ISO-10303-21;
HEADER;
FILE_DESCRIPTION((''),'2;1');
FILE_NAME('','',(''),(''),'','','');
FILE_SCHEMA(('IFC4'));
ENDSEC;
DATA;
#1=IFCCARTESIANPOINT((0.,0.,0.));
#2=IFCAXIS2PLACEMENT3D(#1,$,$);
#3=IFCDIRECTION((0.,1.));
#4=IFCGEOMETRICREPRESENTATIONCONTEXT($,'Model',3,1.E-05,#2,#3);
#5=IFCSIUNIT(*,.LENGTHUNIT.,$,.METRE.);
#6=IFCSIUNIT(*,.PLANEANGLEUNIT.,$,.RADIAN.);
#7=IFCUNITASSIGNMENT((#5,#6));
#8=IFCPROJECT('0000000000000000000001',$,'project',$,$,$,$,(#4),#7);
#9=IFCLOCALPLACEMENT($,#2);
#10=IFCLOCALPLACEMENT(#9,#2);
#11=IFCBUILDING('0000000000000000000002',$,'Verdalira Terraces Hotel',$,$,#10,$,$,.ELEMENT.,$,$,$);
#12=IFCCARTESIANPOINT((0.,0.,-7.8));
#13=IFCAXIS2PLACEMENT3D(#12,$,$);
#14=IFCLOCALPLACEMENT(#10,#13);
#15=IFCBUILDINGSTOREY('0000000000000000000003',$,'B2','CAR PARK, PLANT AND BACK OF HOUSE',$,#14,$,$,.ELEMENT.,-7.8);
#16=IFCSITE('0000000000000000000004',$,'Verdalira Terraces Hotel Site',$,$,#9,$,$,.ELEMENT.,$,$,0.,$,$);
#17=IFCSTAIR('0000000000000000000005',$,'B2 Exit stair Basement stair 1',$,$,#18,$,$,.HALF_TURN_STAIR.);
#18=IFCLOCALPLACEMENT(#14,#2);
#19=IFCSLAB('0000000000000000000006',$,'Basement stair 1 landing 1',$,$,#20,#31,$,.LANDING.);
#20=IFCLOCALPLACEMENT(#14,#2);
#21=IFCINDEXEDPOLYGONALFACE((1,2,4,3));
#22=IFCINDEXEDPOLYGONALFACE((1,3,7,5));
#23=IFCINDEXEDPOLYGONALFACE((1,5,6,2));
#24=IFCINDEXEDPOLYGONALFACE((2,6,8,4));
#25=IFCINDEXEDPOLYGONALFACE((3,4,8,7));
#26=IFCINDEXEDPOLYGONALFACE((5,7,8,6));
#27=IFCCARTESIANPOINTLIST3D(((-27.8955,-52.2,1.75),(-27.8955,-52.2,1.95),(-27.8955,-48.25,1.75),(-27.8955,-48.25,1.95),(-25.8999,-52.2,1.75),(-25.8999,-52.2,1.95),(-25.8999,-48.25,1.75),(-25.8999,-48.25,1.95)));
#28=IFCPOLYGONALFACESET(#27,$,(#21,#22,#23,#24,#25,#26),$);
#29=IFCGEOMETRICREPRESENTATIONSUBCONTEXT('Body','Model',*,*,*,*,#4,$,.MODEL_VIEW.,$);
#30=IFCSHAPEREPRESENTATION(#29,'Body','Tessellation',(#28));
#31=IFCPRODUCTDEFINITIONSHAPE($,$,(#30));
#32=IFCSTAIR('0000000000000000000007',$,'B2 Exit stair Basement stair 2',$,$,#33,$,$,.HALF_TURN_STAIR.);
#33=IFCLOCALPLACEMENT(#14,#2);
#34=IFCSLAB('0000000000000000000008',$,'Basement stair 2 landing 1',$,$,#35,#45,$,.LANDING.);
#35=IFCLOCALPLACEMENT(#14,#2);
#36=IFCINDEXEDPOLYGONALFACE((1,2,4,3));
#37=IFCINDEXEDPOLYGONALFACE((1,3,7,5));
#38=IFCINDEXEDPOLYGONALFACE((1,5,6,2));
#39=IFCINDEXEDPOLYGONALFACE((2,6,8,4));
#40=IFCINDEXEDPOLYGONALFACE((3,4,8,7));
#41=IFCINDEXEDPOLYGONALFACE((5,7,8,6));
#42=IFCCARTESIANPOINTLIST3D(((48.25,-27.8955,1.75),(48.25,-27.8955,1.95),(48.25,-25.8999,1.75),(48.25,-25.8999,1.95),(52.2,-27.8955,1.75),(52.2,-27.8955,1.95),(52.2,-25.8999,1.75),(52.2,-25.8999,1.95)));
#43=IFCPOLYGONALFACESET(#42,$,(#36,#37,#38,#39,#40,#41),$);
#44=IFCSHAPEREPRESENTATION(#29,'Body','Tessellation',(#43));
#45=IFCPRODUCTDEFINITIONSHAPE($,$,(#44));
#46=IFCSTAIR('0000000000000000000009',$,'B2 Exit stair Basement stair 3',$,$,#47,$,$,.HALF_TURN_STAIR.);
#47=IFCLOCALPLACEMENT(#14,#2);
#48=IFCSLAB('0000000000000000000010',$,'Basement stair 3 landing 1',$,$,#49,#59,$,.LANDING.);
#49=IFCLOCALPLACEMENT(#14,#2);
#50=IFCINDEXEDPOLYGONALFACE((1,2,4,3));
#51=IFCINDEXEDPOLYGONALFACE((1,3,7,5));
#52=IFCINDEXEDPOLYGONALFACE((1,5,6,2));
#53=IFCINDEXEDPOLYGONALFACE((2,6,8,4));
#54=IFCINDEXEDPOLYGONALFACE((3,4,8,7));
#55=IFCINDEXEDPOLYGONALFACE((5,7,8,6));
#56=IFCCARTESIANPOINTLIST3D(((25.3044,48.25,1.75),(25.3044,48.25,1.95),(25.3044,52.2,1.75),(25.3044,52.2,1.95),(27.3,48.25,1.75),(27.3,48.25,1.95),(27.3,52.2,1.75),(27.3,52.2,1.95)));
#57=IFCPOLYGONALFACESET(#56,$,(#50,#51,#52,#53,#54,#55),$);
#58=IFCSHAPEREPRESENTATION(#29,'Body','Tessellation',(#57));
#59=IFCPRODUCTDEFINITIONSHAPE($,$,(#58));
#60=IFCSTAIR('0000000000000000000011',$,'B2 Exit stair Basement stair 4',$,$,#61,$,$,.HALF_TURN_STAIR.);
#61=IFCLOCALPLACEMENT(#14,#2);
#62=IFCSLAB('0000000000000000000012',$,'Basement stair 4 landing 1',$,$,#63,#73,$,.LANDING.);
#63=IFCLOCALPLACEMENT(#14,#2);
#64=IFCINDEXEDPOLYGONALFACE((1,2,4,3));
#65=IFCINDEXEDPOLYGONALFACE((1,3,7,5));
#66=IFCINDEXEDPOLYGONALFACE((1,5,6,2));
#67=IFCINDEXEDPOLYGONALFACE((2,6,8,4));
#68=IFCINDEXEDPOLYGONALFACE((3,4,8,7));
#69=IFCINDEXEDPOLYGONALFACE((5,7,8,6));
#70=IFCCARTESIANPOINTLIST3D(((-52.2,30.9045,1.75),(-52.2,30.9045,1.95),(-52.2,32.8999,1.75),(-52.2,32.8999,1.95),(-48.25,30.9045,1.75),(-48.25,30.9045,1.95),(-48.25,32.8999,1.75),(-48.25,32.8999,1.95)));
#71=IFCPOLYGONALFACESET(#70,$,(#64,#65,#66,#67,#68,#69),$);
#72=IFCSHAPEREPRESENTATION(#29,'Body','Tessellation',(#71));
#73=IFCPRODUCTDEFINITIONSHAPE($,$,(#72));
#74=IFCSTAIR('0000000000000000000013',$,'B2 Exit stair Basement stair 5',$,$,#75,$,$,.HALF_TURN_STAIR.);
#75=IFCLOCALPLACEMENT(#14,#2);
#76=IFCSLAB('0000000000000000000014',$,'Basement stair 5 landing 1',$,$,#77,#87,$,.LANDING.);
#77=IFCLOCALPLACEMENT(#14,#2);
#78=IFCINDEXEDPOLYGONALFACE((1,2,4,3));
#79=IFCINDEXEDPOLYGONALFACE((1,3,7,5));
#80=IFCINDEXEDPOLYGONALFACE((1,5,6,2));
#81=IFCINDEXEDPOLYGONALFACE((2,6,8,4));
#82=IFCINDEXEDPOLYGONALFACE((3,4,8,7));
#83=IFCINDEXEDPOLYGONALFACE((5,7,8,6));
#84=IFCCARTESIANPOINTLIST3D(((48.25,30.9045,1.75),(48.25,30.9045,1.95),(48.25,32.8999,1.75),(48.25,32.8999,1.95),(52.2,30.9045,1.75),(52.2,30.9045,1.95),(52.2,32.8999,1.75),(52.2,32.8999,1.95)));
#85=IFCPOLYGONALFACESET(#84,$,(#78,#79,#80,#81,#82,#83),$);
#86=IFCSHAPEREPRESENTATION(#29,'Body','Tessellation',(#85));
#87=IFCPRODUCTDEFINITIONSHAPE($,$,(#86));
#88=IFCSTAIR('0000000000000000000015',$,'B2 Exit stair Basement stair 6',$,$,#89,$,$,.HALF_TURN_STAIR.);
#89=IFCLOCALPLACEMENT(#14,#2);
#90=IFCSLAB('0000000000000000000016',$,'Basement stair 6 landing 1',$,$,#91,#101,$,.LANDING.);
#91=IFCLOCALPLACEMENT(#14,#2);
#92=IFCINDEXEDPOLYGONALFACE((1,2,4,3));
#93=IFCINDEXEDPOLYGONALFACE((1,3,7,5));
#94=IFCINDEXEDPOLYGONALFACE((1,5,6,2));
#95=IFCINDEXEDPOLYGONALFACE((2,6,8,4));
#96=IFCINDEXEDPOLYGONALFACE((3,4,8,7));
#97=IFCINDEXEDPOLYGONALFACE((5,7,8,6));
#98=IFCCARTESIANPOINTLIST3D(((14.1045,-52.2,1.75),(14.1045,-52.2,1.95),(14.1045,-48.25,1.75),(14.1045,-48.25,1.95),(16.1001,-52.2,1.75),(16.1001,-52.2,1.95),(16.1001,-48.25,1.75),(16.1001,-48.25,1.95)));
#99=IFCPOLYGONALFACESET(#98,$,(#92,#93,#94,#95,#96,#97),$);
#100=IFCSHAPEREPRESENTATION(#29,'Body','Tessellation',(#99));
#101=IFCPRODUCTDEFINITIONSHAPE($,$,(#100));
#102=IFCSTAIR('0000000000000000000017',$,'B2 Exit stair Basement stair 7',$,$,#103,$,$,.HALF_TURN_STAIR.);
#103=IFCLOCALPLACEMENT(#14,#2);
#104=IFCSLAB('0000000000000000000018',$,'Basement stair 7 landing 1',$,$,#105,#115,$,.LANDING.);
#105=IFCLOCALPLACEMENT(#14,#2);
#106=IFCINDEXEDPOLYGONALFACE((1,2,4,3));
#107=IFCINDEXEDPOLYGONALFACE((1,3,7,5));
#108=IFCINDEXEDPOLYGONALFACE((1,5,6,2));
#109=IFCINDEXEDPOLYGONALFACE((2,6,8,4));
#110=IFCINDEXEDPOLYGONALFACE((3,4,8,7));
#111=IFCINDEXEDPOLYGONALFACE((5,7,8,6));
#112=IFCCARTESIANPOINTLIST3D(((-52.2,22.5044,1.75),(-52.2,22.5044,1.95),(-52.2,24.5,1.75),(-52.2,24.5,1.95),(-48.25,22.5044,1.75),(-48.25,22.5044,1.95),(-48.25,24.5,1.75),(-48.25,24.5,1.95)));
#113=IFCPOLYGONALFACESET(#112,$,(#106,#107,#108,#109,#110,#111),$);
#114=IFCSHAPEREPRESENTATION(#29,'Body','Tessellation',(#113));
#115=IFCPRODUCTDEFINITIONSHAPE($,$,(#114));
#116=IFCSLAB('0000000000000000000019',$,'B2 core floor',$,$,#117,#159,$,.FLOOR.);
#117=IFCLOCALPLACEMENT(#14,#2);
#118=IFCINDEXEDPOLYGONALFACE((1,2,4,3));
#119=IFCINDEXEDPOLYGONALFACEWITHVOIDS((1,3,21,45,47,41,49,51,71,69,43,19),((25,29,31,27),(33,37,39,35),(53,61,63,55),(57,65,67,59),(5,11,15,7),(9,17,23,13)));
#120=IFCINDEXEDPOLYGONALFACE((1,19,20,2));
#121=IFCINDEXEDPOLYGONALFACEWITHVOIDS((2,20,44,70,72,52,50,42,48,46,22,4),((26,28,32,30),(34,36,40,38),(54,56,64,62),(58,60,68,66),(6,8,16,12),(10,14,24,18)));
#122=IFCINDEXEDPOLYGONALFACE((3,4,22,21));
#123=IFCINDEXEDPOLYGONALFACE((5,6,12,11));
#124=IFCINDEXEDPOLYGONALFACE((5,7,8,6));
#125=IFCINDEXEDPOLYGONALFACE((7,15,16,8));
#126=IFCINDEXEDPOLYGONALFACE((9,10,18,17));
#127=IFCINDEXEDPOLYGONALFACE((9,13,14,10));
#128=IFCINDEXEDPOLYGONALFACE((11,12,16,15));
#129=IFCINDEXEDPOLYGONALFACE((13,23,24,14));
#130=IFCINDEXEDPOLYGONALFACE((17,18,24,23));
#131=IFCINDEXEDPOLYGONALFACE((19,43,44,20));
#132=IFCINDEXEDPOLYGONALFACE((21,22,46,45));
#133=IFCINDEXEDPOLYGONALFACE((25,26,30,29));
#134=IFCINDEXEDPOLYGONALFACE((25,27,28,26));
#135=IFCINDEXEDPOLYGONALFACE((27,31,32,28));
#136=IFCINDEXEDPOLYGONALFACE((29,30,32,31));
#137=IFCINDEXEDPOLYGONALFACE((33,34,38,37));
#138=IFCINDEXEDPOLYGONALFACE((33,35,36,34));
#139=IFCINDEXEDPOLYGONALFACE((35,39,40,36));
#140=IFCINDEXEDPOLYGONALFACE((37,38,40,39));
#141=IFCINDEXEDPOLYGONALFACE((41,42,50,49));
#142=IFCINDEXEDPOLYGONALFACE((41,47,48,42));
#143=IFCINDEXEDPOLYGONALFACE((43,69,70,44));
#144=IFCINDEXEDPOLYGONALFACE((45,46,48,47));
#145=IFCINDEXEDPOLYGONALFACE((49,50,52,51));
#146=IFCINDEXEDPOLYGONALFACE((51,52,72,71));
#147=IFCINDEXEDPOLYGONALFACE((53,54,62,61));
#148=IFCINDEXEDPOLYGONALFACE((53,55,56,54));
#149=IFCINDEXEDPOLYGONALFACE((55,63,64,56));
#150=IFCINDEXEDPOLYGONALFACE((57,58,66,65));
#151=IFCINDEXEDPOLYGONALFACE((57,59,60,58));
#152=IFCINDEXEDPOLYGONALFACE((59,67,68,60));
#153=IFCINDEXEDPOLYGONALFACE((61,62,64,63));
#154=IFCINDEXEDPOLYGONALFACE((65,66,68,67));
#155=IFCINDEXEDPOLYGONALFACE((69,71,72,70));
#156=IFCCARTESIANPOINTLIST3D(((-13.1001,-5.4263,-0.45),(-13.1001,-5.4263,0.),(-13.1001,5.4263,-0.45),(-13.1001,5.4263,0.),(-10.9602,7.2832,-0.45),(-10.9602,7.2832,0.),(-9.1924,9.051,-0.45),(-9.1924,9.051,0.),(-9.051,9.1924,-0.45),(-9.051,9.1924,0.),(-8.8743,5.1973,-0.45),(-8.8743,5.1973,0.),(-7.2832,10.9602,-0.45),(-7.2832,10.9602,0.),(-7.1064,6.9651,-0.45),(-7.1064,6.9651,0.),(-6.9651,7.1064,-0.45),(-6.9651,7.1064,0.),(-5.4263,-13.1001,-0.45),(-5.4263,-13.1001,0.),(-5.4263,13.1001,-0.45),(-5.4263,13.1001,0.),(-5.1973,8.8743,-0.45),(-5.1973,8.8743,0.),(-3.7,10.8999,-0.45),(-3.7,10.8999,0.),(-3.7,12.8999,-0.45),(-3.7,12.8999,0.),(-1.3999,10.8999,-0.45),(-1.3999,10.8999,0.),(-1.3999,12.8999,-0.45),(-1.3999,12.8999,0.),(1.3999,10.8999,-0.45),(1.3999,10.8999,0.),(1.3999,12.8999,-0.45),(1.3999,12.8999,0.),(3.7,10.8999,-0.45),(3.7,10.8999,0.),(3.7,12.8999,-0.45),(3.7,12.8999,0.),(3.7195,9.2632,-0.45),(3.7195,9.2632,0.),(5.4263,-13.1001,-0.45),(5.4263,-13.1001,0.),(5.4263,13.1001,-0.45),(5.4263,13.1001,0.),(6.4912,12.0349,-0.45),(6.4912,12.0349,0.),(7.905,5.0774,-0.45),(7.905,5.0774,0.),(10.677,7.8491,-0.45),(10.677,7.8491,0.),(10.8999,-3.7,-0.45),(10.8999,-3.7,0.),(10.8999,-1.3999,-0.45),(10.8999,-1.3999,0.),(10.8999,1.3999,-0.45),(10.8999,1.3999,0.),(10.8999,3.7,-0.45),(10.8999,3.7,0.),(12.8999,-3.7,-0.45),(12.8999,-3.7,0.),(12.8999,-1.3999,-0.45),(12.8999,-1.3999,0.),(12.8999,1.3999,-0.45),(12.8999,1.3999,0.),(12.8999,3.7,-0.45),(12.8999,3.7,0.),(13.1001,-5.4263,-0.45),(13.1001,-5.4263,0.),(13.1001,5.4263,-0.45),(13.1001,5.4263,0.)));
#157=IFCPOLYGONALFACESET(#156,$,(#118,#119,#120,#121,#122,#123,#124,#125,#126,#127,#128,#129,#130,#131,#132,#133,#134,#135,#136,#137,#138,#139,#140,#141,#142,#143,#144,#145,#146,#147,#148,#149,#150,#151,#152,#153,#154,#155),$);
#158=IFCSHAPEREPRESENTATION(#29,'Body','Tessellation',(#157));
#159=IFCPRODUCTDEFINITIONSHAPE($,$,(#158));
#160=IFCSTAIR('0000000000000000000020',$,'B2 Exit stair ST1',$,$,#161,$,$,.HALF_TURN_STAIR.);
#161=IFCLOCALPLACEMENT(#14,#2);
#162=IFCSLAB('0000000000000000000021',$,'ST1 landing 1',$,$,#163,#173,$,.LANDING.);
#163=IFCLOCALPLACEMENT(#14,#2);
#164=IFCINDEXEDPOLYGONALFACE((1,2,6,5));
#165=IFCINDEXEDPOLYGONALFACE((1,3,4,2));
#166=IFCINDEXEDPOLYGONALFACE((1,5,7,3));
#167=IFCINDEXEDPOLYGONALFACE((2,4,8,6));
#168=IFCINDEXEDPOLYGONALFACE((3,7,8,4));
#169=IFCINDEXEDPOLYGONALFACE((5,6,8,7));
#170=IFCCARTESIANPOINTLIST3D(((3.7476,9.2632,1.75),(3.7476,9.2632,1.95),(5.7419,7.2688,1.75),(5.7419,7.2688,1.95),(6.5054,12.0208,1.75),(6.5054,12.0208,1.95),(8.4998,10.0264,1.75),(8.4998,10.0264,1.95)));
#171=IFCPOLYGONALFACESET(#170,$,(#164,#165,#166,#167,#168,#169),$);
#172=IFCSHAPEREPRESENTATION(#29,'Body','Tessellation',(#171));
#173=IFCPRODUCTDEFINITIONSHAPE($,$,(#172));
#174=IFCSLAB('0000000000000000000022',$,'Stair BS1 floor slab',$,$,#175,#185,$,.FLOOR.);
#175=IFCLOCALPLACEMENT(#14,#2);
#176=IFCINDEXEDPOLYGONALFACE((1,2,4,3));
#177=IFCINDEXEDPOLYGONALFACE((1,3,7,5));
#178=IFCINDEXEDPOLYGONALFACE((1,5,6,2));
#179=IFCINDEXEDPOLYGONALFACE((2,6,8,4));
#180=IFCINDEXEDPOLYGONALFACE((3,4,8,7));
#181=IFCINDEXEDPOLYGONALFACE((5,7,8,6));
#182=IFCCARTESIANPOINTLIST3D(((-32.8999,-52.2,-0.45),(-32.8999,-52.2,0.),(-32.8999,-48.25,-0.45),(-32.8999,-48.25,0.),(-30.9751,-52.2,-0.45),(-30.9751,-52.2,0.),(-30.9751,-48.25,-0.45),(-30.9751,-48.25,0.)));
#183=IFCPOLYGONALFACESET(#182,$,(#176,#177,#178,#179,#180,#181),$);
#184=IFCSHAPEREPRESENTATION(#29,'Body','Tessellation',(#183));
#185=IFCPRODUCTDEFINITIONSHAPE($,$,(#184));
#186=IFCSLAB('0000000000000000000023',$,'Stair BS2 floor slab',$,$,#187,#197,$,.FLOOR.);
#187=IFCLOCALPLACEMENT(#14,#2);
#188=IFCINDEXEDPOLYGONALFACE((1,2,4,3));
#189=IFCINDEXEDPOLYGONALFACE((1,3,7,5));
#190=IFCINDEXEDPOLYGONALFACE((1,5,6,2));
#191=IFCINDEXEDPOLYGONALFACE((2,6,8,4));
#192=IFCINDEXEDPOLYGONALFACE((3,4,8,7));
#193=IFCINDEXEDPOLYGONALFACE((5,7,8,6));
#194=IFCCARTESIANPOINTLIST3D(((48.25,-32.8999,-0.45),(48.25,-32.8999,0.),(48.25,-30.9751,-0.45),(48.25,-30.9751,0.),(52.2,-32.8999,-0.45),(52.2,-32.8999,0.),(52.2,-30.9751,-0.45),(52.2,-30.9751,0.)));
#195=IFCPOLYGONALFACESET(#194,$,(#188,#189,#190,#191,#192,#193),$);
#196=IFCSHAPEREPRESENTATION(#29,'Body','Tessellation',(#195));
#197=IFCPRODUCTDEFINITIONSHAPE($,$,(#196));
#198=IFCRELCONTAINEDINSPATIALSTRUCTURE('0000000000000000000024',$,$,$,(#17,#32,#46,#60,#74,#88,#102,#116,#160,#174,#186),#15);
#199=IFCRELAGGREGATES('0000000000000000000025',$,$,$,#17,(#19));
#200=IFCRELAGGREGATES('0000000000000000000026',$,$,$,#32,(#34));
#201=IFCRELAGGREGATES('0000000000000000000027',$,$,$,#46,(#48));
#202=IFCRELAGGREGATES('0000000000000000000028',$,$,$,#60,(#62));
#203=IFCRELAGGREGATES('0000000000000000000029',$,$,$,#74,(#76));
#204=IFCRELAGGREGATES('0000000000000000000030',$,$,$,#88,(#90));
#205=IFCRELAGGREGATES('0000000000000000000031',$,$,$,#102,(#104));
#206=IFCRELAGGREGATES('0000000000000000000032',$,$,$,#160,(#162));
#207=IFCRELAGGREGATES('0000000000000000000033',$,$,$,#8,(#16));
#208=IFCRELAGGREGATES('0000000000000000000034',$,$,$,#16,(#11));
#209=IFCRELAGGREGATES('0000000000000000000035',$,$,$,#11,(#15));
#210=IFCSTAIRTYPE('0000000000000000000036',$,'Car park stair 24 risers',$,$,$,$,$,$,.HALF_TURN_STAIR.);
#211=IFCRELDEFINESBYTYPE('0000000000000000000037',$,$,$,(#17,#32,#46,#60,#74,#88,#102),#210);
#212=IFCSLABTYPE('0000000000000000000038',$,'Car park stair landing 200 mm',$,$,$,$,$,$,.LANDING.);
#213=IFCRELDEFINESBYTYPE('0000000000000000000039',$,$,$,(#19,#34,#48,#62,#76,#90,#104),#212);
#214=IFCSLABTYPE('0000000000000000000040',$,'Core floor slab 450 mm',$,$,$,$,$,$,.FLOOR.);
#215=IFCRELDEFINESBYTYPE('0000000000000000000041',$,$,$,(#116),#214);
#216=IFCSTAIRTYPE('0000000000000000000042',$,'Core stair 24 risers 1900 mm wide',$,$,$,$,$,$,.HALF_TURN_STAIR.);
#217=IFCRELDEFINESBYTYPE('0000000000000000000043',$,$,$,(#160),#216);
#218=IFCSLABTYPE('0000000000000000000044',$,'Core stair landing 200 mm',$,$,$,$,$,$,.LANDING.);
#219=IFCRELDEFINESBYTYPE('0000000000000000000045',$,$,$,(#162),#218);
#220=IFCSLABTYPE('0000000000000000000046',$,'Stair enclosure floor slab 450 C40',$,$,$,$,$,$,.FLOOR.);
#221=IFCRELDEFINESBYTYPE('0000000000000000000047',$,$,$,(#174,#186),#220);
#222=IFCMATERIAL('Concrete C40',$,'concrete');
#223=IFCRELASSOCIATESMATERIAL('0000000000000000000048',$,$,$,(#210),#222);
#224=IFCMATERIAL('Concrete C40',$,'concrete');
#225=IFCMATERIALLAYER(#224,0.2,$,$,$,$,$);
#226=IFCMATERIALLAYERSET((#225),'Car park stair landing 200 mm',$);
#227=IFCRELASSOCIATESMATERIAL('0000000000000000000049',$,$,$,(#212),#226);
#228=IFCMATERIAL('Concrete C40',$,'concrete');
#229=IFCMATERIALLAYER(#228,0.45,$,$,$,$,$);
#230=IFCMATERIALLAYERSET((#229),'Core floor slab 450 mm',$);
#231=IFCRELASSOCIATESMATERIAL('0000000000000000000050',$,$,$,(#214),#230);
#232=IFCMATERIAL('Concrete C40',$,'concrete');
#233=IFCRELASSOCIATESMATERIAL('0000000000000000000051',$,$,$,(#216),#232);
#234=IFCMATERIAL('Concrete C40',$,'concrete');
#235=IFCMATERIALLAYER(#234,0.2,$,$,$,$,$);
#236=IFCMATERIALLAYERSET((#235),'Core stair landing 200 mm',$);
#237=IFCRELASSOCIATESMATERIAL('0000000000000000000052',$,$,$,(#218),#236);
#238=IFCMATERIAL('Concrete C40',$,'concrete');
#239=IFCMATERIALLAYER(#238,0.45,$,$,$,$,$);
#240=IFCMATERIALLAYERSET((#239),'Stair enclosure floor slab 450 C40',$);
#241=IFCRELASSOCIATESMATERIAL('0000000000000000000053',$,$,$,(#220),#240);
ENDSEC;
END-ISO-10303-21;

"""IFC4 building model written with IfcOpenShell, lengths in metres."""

from ifc_helpers import new_model, si_unit, direction, frame, origin, place, context, subcontext, project, spatial, polyline, outline, extrude, material, layer, layer_set, type_object, element, aggregate, save


model = new_model("IFC4")

# Units and contexts
model_context = context("Model", 3, precision=1e-05, world=origin(), true_north=direction((0.0, 1.0)))
body_context = subcontext(model_context, "Body", "Model", "MODEL_VIEW")
ifc_project = project(units=[si_unit("LENGTHUNIT", "METRE"), si_unit("PLANEANGLEUNIT", "RADIAN")], contexts=[model_context])

# Site, building, storey
site_placement = place(None, origin())
site = spatial("IfcSite", under=ifc_project, at=site_placement, Name="Verdalira Terraces Hotel Site", CompositionType="ELEMENT", RefElevation=0.0)
building_placement = place(site_placement, origin())
building = spatial("IfcBuilding", under=site, at=building_placement, Name="Verdalira Terraces Hotel", CompositionType="ELEMENT")
storey_placement = place(building_placement, frame((0.0, 0.0, -7.8)))
storey = spatial("IfcBuildingStorey", under=building, at=storey_placement, Name="B2", Description="CAR PARK, PLANT AND BACK OF HOUSE", CompositionType="ELEMENT", Elevation=-7.8)

# Stairs, slabs
ifc_material_1 = material(Name="Concrete C40", Category="concrete")
stair_type_1 = type_object("IfcStairType", Name="Car park stair 24 risers", PredefinedType="HALF_TURN_STAIR", material=ifc_material_1)
stair_1_placement = place(storey_placement, origin())
stair_1 = element("IfcStair", 1, at=stair_1_placement, inside=storey, type_object=stair_type_1, Name="B2 Exit stair Basement stair 1", PredefinedType="HALF_TURN_STAIR")
ifc_material_2 = material(Name="Concrete C40", Category="concrete")
ifc_layer_1 = layer(ifc_material_2, 0.2)
ifc_layer_set_1 = layer_set([ifc_layer_1], Name="Car park stair landing 200 mm")
slab_type_1 = type_object("IfcSlabType", Name="Car park stair landing 200 mm", PredefinedType="LANDING", material=ifc_layer_set_1)
slab_1_placement = place(storey_placement, frame((0.0, 0.0, 1.75)))
slab_1 = element("IfcSlab", 2, at=slab_1_placement, type_object=slab_type_1, Name="Basement stair 1 landing 1", PredefinedType="LANDING", context=body_context, shape_type="SweptSolid", body=[
    extrude(outline(polyline([(-27.8955, -52.2), (-25.8999, -52.2), (-25.8999, -48.25), (-27.8955, -48.25), (-27.8955, -52.2)])), origin(), (0.0, 0.0, 1.0), 0.2),
])
aggregate(stair_1, [slab_1])
stair_2_placement = place(storey_placement, origin())
stair_2 = element("IfcStair", 3, at=stair_2_placement, inside=storey, type_object=stair_type_1, Name="B2 Exit stair Basement stair 2", PredefinedType="HALF_TURN_STAIR")
slab_2_placement = place(storey_placement, frame((0.0, 0.0, 1.75)))
slab_2 = element("IfcSlab", 4, at=slab_2_placement, type_object=slab_type_1, Name="Basement stair 2 landing 1", PredefinedType="LANDING", context=body_context, shape_type="SweptSolid", body=[
    extrude(outline(polyline([(52.2, -27.8955), (52.2, -25.8999), (48.25, -25.8999), (48.25, -27.8955), (52.2, -27.8955)])), origin(), (0.0, 0.0, 1.0), 0.2),
])
aggregate(stair_2, [slab_2])
stair_3_placement = place(storey_placement, origin())
stair_3 = element("IfcStair", 5, at=stair_3_placement, inside=storey, type_object=stair_type_1, Name="B2 Exit stair Basement stair 3", PredefinedType="HALF_TURN_STAIR")
slab_3_placement = place(storey_placement, frame((0.0, 0.0, 1.75)))
slab_3 = element("IfcSlab", 6, at=slab_3_placement, type_object=slab_type_1, Name="Basement stair 3 landing 1", PredefinedType="LANDING", context=body_context, shape_type="SweptSolid", body=[
    extrude(outline(polyline([(25.3044, 48.25), (27.3, 48.25), (27.3, 52.2), (25.3044, 52.2), (25.3044, 48.25)])), origin(), (0.0, 0.0, 1.0), 0.2),
])
aggregate(stair_3, [slab_3])
stair_4_placement = place(storey_placement, origin())
stair_4 = element("IfcStair", 7, at=stair_4_placement, inside=storey, type_object=stair_type_1, Name="B2 Exit stair Basement stair 4", PredefinedType="HALF_TURN_STAIR")
slab_4_placement = place(storey_placement, frame((0.0, 0.0, 1.75)))
slab_4 = element("IfcSlab", 8, at=slab_4_placement, type_object=slab_type_1, Name="Basement stair 4 landing 1", PredefinedType="LANDING", context=body_context, shape_type="SweptSolid", body=[
    extrude(outline(polyline([(-48.25, 30.9045), (-48.25, 32.8999), (-52.2, 32.8999), (-52.2, 30.9045), (-48.25, 30.9045)])), origin(), (0.0, 0.0, 1.0), 0.2),
])
aggregate(stair_4, [slab_4])
stair_5_placement = place(storey_placement, origin())
stair_5 = element("IfcStair", 9, at=stair_5_placement, inside=storey, type_object=stair_type_1, Name="B2 Exit stair Basement stair 5", PredefinedType="HALF_TURN_STAIR")
slab_5_placement = place(storey_placement, frame((0.0, 0.0, 1.75)))
slab_5 = element("IfcSlab", 10, at=slab_5_placement, type_object=slab_type_1, Name="Basement stair 5 landing 1", PredefinedType="LANDING", context=body_context, shape_type="SweptSolid", body=[
    extrude(outline(polyline([(52.2, 30.9045), (52.2, 32.8999), (48.25, 32.8999), (48.25, 30.9045), (52.2, 30.9045)])), origin(), (0.0, 0.0, 1.0), 0.2),
])
aggregate(stair_5, [slab_5])
stair_6_placement = place(storey_placement, origin())
stair_6 = element("IfcStair", 11, at=stair_6_placement, inside=storey, type_object=stair_type_1, Name="B2 Exit stair Basement stair 6", PredefinedType="HALF_TURN_STAIR")
slab_6_placement = place(storey_placement, frame((0.0, 0.0, 1.75)))
slab_6 = element("IfcSlab", 12, at=slab_6_placement, type_object=slab_type_1, Name="Basement stair 6 landing 1", PredefinedType="LANDING", context=body_context, shape_type="SweptSolid", body=[
    extrude(outline(polyline([(14.1045, -52.2), (16.1001, -52.2), (16.1001, -48.25), (14.1045, -48.25), (14.1045, -52.2)])), origin(), (0.0, 0.0, 1.0), 0.2),
])
aggregate(stair_6, [slab_6])
stair_7_placement = place(storey_placement, origin())
stair_7 = element("IfcStair", 13, at=stair_7_placement, inside=storey, type_object=stair_type_1, Name="B2 Exit stair Basement stair 7", PredefinedType="HALF_TURN_STAIR")
slab_7_placement = place(storey_placement, frame((0.0, 0.0, 1.75)))
slab_7 = element("IfcSlab", 14, at=slab_7_placement, type_object=slab_type_1, Name="Basement stair 7 landing 1", PredefinedType="LANDING", context=body_context, shape_type="SweptSolid", body=[
    extrude(outline(polyline([(-48.25, 22.5044), (-48.25, 24.5), (-52.2, 24.5), (-52.2, 22.5044), (-48.25, 22.5044)])), origin(), (0.0, 0.0, 1.0), 0.2),
])
aggregate(stair_7, [slab_7])

# Slab
ifc_material_3 = material(Name="Concrete C40", Category="concrete")
ifc_layer_2 = layer(ifc_material_3, 0.45)
ifc_layer_set_2 = layer_set([ifc_layer_2], Name="Core floor slab 450 mm")
slab_type_2 = type_object("IfcSlabType", Name="Core floor slab 450 mm", PredefinedType="FLOOR", material=ifc_layer_set_2)
slab_8_placement = place(storey_placement, frame((0.0, 0.0, -0.45)))
element("IfcSlab", 15, at=slab_8_placement, inside=storey, type_object=slab_type_2, Name="B2 core floor", PredefinedType="FLOOR", context=body_context, shape_type="SweptSolid", body=[
    extrude(outline(polyline([(5.4263, 13.1001), (6.4912, 12.0349), (3.7195, 9.2632), (7.905, 5.0774), (10.677, 7.8491), (13.1001, 5.4263), (13.1001, -5.4263), (5.4263, -13.1001), (-5.4263, -13.1001), (-13.1001, -5.4263), (-13.1001, 5.4263), (-5.4263, 13.1001), (5.4263, 13.1001)]), holes=[polyline([(12.8999, -1.3999), (10.8999, -1.3999), (10.8999, -3.7), (12.8999, -3.7), (12.8999, -1.3999)]), polyline([(12.8999, 3.7), (10.8999, 3.7), (10.8999, 1.3999), (12.8999, 1.3999), (12.8999, 3.7)]), polyline([(3.7, 10.8999), (3.7, 12.8999), (1.3999, 12.8999), (1.3999, 10.8999), (3.7, 10.8999)]), polyline([(-1.3999, 10.8999), (-1.3999, 12.8999), (-3.7, 12.8999), (-3.7, 10.8999), (-1.3999, 10.8999)]), polyline([(-6.9651, 7.1064), (-5.1973, 8.8743), (-7.2832, 10.9602), (-9.051, 9.1924), (-6.9651, 7.1064)]), polyline([(-10.9602, 7.2832), (-8.8743, 5.1973), (-7.1064, 6.9651), (-9.1924, 9.051), (-10.9602, 7.2832)])]), origin(), (0.0, 0.0, 1.0), 0.45),
])

# Stair, slab
ifc_material_4 = material(Name="Concrete C40", Category="concrete")
stair_type_2 = type_object("IfcStairType", Name="Core stair 24 risers 1900 mm wide", PredefinedType="HALF_TURN_STAIR", material=ifc_material_4)
stair_8_placement = place(storey_placement, origin())
stair_8 = element("IfcStair", 16, at=stair_8_placement, inside=storey, type_object=stair_type_2, Name="B2 Exit stair ST1", PredefinedType="HALF_TURN_STAIR")
ifc_material_5 = material(Name="Concrete C40", Category="concrete")
ifc_layer_3 = layer(ifc_material_5, 0.2)
ifc_layer_set_3 = layer_set([ifc_layer_3], Name="Core stair landing 200 mm")
slab_type_3 = type_object("IfcSlabType", Name="Core stair landing 200 mm", PredefinedType="LANDING", material=ifc_layer_set_3)
slab_9_placement = place(storey_placement, frame((0.0, 0.0, 1.75)))
slab_9 = element("IfcSlab", 17, at=slab_9_placement, type_object=slab_type_3, Name="ST1 landing 1", PredefinedType="LANDING", context=body_context, shape_type="SweptSolid", body=[
    extrude(outline(polyline([(8.4998, 10.0264), (6.5054, 12.0208), (3.7476, 9.2632), (5.7419, 7.2688), (8.4998, 10.0264)])), origin(), (0.0, 0.0, 1.0), 0.2),
])
aggregate(stair_8, [slab_9])

# Slabs
ifc_material_6 = material(Name="Concrete C40", Category="concrete")
ifc_layer_4 = layer(ifc_material_6, 0.45)
ifc_layer_set_4 = layer_set([ifc_layer_4], Name="Stair enclosure floor slab 450 C40")
slab_type_4 = type_object("IfcSlabType", Name="Stair enclosure floor slab 450 C40", PredefinedType="FLOOR", material=ifc_layer_set_4)
slab_10_placement = place(storey_placement, frame((0.0, 0.0, -0.45)))
element("IfcSlab", 18, at=slab_10_placement, inside=storey, type_object=slab_type_4, Name="Stair BS1 floor slab", PredefinedType="FLOOR", context=body_context, shape_type="SweptSolid", body=[
    extrude(outline(polyline([(-32.8999, -48.25), (-30.9751, -48.25), (-30.9751, -52.2), (-32.8999, -52.2), (-32.8999, -48.25)])), origin(), (0.0, 0.0, 1.0), 0.45),
])
slab_11_placement = place(storey_placement, frame((0.0, 0.0, -0.45)))
element("IfcSlab", 19, at=slab_11_placement, inside=storey, type_object=slab_type_4, Name="Stair BS2 floor slab", PredefinedType="FLOOR", context=body_context, shape_type="SweptSolid", body=[
    extrude(outline(polyline([(48.25, -30.9751), (52.2, -30.9751), (52.2, -32.8999), (48.25, -32.8999), (48.25, -30.9751)])), origin(), (0.0, 0.0, 1.0), 0.45),
])

save(model, "model.ifc")
